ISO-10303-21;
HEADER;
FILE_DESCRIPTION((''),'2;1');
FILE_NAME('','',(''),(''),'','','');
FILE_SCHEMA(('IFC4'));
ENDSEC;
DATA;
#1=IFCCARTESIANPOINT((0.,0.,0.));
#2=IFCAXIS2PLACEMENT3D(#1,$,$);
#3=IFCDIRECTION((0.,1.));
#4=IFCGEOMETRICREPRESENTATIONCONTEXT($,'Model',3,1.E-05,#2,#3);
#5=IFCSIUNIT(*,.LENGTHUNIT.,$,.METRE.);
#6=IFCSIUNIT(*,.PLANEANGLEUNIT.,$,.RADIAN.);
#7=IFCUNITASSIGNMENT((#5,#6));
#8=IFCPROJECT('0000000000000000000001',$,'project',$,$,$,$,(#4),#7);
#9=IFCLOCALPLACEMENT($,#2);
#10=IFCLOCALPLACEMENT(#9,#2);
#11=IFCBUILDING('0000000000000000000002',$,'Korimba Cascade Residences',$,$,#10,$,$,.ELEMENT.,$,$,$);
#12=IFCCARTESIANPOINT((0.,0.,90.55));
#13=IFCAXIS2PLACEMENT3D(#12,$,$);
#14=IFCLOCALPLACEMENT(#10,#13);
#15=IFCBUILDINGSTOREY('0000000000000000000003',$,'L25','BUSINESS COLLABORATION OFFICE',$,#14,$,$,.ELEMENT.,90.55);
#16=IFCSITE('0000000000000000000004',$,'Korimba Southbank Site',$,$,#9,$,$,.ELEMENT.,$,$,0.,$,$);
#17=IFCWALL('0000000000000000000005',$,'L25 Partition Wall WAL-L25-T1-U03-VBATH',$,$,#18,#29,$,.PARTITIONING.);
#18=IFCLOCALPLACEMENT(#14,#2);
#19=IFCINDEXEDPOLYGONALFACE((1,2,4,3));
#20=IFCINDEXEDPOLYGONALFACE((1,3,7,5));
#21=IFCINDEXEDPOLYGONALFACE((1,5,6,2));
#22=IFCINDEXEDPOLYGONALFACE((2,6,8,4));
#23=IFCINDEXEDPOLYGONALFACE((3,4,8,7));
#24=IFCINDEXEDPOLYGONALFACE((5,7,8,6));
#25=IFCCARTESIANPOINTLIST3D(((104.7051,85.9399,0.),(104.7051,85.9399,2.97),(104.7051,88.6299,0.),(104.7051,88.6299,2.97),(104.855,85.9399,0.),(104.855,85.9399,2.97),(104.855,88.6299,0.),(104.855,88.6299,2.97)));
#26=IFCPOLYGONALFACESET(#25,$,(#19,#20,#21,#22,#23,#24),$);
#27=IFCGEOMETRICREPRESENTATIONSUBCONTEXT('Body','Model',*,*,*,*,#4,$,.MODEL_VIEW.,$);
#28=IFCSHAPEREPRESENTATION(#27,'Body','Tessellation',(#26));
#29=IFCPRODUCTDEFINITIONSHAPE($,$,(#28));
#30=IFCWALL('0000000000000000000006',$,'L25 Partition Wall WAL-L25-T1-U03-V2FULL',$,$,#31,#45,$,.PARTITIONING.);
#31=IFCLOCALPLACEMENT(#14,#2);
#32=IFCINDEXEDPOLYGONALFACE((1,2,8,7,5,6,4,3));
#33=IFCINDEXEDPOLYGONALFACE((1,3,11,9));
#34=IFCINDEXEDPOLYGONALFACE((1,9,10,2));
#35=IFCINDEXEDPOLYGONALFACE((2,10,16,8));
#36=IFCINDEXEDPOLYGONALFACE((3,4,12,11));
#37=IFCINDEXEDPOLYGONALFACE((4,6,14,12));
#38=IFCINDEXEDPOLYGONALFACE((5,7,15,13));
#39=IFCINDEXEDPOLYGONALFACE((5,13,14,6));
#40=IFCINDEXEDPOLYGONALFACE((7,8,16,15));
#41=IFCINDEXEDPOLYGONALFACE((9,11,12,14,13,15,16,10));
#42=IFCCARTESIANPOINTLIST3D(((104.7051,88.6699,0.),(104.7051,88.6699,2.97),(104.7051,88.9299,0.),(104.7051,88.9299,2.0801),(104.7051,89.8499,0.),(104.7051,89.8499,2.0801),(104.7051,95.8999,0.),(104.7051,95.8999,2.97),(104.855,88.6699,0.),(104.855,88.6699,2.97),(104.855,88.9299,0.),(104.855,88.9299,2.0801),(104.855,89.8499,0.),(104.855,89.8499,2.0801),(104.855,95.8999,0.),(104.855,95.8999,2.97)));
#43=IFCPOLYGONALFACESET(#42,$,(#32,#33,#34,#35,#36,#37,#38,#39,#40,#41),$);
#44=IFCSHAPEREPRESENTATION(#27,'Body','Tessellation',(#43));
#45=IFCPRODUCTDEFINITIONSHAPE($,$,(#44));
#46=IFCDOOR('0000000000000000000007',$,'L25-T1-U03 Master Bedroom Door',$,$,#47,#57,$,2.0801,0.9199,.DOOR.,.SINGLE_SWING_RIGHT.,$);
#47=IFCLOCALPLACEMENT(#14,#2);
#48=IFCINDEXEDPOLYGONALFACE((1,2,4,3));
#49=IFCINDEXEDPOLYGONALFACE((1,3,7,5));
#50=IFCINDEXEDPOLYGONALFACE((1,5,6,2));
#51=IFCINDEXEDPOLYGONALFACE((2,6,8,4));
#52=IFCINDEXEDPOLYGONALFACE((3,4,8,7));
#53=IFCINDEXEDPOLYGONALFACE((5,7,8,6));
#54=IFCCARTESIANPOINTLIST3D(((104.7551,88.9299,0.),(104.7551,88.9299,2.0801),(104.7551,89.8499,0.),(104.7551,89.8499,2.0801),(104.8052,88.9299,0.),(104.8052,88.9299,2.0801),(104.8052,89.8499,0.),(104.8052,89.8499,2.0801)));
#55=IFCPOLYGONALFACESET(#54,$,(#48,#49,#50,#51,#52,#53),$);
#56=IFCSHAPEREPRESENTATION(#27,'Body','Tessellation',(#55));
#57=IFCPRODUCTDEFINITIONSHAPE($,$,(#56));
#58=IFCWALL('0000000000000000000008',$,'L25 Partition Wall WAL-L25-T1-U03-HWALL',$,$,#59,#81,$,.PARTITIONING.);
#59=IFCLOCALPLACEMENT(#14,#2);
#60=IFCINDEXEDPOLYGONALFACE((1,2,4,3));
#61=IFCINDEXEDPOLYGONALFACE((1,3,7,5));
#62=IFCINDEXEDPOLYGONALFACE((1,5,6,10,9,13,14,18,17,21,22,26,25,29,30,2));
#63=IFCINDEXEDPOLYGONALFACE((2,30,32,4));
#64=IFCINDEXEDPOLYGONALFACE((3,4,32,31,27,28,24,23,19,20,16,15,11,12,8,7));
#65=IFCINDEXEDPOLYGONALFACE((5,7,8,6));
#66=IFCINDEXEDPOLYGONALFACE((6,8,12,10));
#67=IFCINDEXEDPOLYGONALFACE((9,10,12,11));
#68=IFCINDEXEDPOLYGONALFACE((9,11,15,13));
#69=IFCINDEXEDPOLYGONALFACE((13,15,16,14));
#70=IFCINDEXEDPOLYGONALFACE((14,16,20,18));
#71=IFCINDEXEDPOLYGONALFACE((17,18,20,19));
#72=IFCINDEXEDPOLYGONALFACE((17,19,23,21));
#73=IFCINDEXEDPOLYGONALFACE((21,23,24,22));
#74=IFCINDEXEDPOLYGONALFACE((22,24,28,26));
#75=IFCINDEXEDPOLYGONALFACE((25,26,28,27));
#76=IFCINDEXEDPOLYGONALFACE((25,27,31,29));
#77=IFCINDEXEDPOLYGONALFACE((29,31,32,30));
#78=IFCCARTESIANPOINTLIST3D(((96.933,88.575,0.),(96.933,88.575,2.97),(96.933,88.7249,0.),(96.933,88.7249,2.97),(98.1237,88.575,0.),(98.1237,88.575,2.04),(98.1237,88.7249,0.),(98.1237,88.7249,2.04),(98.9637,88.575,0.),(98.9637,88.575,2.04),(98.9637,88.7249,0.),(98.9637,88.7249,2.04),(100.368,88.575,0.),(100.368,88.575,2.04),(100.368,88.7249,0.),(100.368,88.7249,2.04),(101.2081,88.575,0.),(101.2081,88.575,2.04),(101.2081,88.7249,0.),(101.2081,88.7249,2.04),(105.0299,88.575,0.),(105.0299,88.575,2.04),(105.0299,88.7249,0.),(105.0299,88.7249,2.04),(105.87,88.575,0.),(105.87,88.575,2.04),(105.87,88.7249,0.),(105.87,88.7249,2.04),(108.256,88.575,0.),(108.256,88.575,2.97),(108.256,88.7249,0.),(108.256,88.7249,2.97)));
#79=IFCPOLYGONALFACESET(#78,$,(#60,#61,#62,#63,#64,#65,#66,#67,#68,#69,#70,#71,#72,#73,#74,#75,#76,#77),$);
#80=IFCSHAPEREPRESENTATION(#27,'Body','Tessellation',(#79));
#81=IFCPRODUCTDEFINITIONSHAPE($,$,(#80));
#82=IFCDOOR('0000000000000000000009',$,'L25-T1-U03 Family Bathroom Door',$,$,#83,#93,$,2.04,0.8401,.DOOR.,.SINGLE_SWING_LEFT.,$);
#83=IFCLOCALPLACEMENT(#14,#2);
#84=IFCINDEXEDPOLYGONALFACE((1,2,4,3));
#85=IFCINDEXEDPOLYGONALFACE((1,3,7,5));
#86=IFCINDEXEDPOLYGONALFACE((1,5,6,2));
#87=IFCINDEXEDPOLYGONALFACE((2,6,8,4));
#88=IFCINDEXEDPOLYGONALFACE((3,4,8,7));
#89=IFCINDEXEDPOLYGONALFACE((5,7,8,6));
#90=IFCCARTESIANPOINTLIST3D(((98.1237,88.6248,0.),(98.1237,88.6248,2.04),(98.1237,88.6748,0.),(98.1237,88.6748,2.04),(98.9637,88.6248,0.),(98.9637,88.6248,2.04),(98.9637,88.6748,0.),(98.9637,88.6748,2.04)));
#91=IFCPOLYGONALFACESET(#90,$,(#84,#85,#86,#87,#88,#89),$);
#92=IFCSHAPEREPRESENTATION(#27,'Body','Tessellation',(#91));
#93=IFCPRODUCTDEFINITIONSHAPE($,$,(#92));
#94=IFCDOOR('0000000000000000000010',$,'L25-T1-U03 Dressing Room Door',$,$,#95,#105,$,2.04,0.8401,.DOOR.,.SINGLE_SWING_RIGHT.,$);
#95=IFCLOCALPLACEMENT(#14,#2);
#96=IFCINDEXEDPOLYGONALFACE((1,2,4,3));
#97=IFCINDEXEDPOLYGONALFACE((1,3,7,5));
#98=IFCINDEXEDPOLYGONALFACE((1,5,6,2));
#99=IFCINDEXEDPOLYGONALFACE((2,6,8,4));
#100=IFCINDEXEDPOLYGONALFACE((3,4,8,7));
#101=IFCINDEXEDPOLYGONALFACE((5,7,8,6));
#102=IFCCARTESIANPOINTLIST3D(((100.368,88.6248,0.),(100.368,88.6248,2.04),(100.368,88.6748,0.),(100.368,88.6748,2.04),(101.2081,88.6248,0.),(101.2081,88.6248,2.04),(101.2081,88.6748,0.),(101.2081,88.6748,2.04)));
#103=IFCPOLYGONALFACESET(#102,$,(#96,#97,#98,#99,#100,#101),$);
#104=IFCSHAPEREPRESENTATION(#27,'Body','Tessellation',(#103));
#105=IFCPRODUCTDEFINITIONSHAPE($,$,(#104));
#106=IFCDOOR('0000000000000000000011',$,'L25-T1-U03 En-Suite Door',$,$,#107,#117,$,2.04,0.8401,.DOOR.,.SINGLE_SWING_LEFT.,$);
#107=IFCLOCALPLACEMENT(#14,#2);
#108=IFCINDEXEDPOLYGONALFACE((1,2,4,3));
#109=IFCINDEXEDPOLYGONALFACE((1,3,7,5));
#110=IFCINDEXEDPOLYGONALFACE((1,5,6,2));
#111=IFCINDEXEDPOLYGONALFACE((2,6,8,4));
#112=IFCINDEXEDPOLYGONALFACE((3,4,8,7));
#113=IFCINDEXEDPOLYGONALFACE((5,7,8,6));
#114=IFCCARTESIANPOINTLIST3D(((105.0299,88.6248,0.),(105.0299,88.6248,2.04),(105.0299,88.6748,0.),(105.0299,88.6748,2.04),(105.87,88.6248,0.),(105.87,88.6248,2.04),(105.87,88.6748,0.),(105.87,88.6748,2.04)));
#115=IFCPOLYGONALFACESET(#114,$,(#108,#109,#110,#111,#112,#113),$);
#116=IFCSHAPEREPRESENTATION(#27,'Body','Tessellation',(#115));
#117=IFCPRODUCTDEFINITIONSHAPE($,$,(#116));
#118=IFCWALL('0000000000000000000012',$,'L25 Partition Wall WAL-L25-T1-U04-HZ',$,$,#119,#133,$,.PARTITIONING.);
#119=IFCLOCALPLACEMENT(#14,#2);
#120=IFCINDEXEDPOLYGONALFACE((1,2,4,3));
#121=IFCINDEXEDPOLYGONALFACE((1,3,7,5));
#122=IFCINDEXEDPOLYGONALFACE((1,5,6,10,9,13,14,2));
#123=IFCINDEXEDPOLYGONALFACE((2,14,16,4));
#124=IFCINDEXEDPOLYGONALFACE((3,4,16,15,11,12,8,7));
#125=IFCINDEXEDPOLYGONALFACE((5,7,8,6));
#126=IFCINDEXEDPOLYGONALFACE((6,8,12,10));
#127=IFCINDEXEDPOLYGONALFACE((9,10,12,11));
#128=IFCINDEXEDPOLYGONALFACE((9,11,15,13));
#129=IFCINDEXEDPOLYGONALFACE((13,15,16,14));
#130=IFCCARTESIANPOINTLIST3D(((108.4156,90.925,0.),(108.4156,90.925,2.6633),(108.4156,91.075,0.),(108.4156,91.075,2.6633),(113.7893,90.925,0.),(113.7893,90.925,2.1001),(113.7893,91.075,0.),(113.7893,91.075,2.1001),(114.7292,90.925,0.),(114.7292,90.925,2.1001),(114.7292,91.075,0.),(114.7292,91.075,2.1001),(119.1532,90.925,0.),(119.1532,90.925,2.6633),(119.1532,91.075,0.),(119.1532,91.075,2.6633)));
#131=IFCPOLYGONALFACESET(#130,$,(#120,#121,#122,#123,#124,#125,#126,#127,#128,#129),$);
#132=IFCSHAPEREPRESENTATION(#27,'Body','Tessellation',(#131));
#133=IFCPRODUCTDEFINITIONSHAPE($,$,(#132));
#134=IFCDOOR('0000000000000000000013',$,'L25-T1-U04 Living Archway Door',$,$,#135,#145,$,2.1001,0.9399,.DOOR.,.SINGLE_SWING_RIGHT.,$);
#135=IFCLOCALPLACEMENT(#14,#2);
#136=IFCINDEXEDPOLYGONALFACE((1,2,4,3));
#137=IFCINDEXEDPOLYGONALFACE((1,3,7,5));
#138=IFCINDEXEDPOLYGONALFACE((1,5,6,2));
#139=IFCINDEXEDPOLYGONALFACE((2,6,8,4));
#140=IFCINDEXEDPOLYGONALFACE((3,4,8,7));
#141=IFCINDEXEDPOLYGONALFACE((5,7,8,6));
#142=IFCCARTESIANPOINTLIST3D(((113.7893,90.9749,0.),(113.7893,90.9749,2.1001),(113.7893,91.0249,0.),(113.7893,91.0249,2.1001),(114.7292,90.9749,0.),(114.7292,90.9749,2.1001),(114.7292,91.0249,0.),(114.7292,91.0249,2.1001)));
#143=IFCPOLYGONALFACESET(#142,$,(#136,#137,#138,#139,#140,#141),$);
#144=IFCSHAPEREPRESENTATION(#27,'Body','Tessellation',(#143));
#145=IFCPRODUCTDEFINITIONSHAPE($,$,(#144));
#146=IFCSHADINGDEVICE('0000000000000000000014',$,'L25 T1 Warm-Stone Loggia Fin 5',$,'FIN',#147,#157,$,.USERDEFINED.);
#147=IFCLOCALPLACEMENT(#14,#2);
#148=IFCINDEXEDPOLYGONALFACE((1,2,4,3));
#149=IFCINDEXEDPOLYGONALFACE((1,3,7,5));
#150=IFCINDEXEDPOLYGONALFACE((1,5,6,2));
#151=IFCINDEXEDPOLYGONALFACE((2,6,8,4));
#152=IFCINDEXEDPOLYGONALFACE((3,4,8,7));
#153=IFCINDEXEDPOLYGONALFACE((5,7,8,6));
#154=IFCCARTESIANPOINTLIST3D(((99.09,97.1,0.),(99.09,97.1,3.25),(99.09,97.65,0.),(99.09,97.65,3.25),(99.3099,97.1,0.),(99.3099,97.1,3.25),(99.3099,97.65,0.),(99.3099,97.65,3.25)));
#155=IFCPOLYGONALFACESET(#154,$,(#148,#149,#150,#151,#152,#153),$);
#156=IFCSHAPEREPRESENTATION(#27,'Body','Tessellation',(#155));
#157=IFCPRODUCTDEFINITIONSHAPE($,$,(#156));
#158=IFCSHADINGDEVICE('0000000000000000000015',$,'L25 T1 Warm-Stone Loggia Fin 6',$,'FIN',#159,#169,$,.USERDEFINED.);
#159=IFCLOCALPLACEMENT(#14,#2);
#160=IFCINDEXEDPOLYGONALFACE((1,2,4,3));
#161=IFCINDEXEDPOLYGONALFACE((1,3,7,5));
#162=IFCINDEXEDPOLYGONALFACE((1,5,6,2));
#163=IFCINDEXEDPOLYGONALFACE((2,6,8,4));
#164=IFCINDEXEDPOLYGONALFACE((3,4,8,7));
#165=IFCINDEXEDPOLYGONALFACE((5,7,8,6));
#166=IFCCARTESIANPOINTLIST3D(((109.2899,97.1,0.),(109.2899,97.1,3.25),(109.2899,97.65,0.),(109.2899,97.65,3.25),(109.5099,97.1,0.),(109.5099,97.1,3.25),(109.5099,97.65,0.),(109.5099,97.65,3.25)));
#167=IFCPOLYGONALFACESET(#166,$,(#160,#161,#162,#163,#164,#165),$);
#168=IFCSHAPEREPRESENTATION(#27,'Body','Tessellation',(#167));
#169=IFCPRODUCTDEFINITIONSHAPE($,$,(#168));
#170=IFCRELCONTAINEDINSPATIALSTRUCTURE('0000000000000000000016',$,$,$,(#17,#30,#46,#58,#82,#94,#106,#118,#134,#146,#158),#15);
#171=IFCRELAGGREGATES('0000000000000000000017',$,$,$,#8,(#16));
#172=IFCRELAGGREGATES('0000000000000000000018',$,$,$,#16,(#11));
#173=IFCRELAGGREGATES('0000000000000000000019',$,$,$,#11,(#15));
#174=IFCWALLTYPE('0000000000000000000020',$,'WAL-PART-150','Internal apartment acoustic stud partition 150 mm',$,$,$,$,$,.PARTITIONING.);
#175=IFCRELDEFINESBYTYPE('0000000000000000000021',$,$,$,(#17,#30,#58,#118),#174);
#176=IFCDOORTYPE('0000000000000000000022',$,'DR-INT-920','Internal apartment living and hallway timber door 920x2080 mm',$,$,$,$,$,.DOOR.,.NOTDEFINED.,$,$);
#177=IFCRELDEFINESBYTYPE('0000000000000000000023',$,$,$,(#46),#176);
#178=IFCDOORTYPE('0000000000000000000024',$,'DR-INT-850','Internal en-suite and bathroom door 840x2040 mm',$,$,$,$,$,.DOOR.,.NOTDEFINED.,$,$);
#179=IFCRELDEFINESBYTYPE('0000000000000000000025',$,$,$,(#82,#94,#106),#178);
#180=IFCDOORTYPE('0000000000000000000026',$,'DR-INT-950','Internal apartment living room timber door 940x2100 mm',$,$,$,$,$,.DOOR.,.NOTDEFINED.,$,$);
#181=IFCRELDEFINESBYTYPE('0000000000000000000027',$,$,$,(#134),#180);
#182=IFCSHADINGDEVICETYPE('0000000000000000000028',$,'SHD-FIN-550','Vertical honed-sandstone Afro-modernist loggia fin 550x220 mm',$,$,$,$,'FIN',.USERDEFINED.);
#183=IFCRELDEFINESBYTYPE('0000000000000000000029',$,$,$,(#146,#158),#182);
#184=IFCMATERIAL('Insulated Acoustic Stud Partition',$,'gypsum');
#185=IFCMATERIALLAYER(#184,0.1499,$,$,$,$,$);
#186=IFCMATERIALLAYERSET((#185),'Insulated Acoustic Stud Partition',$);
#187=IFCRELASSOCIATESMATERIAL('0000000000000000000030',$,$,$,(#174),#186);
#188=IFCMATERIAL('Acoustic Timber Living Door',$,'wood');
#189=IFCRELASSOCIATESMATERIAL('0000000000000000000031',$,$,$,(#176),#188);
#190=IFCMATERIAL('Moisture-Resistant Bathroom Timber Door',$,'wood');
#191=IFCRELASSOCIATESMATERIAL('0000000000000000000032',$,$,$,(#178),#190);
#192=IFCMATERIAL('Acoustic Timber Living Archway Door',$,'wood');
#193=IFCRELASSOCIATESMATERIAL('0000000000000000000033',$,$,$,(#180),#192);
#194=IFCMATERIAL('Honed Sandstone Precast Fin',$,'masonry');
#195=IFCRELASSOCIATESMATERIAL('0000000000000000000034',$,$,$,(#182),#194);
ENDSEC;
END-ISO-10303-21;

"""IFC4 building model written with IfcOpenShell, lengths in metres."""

from ifc_helpers import new_model, si_unit, direction, frame, frame_2d, origin, origin_2d, place, context, subcontext, project, spatial, rectangle, extrude, material, layer, layer_set, type_object, element, fill, save


model = new_model("IFC4")

# Units and contexts
model_context = context("Model", 3, precision=1e-05, world=origin(), true_north=direction((0.0, 1.0)))
body_context = subcontext(model_context, "Body", "Model", "MODEL_VIEW")
ifc_project = project(units=[si_unit("LENGTHUNIT", "METRE"), si_unit("PLANEANGLEUNIT", "RADIAN")], contexts=[model_context])

# Site, building, storey
site_placement = place(None, origin())
site = spatial("IfcSite", under=ifc_project, at=site_placement, Name="Korimba Southbank Site", CompositionType="ELEMENT", RefElevation=0.0)
building_placement = place(site_placement, origin())
building = spatial("IfcBuilding", under=site, at=building_placement, Name="Korimba Cascade Residences", CompositionType="ELEMENT")
storey_placement = place(building_placement, frame((0.0, 0.0, 90.55)))
storey = spatial("IfcBuildingStorey", under=building, at=storey_placement, Name="L25", Description="BUSINESS COLLABORATION OFFICE", CompositionType="ELEMENT", Elevation=90.55)

# Shared definitions
ifc_material_1 = material(Name="Insulated Acoustic Stud Partition", Category="gypsum")
ifc_layer = layer(ifc_material_1, 0.1499)
ifc_layer_set = layer_set([ifc_layer], Name="Insulated Acoustic Stud Partition")
wall_type = type_object("IfcWallType", Name="WAL-PART-150", Description="Internal apartment acoustic stud partition 150 mm", PredefinedType="PARTITIONING", material=ifc_layer_set)

# Shared definitions
ifc_material_2 = material(Name="Acoustic Timber Living Door", Category="wood")
door_type_1 = type_object("IfcDoorType", Name="DR-INT-920", Description="Internal apartment living and hallway timber door 920x2080 mm", OperationType="NOTDEFINED", PredefinedType="DOOR", material=ifc_material_2)

# Wall
wall_1_placement = place(storey_placement, frame((104.78, 85.9399, 0.0), z_axis=(0.0, 0.0, 1.0), x_axis=(0.0, 1.0, 0.0)))
element("IfcWall", 1, at=wall_1_placement, inside=storey, type_object=wall_type, Name="L25 Partition Wall WAL-L25-T1-U03-VBATH", PredefinedType="PARTITIONING", context=body_context, shape_type="SweptSolid", body=[
    extrude(rectangle(XDim=2.6899, YDim=0.1499, at=frame_2d((1.345, 0.0))), origin(), (0.0, 0.0, 1.0), 2.97),
])

# Wall, opening, door
wall_2_placement = place(storey_placement, frame((104.78, 88.6699, 0.0), z_axis=(0.0, 0.0, 1.0), x_axis=(0.0, 1.0, 0.0)))
wall_2 = element("IfcWall", 2, at=wall_2_placement, inside=storey, type_object=wall_type, Name="L25 Partition Wall WAL-L25-T1-U03-V2FULL", PredefinedType="PARTITIONING", context=body_context, shape_type="SweptSolid", body=[
    extrude(rectangle(XDim=7.23, YDim=0.1499, at=frame_2d((3.615, 0.0))), origin(), (0.0, 0.0, 1.0), 2.97),
])
opening_1_placement = place(wall_2_placement, frame((0.26, 0.0, 0.0)))
opening_1 = element("IfcOpeningElement", 3, at=opening_1_placement, cuts=wall_2, PredefinedType="OPENING", context=body_context, shape_type="SweptSolid", body=[
    extrude(rectangle(XDim=0.9199, YDim=2.0801, at=frame_2d((0.46, 1.04))), frame((0.0, 0.085, 0.0), z_axis=(0.0, -1.0, 0.0), x_axis=(1.0, 0.0, 0.0)), (0.0, 0.0, 1.0), 0.1699),
])
door_1_placement = place(opening_1_placement, origin())
door_1 = element("IfcDoor", 4, at=door_1_placement, inside=storey, type_object=door_type_1, Name="L25-T1-U03 Master Bedroom Door", OperationType="SINGLE_SWING_RIGHT", OverallHeight=2.0801, OverallWidth=0.9199, PredefinedType="DOOR", context=body_context, shape_type="SweptSolid", body=[
    extrude(rectangle(XDim=0.9199, YDim=2.0801, at=frame_2d((0.46, 1.04))), frame((0.0, 0.0249, 0.0), z_axis=(0.0, -1.0, 0.0), x_axis=(1.0, 0.0, 0.0)), (0.0, 0.0, 1.0), 0.05),
])
fill(opening_1, door_1)

# Wall, openings, doors
wall_3_placement = place(storey_placement, frame((96.9329, 88.6499, 0.0), z_axis=(0.0, 0.0, 1.0), x_axis=(1.0, 0.0, 0.0)))
wall_3 = element("IfcWall", 5, at=wall_3_placement, inside=storey, type_object=wall_type, Name="L25 Partition Wall WAL-L25-T1-U03-HWALL", PredefinedType="PARTITIONING", context=body_context, shape_type="SweptSolid", body=[
    extrude(rectangle(XDim=11.323, YDim=0.1499, at=frame_2d((5.6616, 0.0))), origin(), (0.0, 0.0, 1.0), 2.97),
])
opening_2_placement = place(wall_3_placement, frame((1.1909, 0.0, 0.0)))
opening_2 = element("IfcOpeningElement", 6, at=opening_2_placement, cuts=wall_3, PredefinedType="OPENING", context=body_context, shape_type="SweptSolid", body=[
    extrude(rectangle(XDim=0.8401, YDim=2.04, at=frame_2d((0.4199, 1.02))), frame((0.0, 0.085, 0.0), z_axis=(0.0, -1.0, 0.0), x_axis=(1.0, 0.0, 0.0)), (0.0, 0.0, 1.0), 0.1699),
])
opening_3_placement = place(wall_3_placement, frame((3.4353, 0.0, 0.0)))
opening_3 = element("IfcOpeningElement", 7, at=opening_3_placement, cuts=wall_3, PredefinedType="OPENING", context=body_context, shape_type="SweptSolid", body=[
    extrude(rectangle(XDim=0.8401, YDim=2.04, at=frame_2d((0.4199, 1.02))), frame((0.0, 0.085, 0.0), z_axis=(0.0, -1.0, 0.0), x_axis=(1.0, 0.0, 0.0)), (0.0, 0.0, 1.0), 0.1699),
])
opening_4_placement = place(wall_3_placement, frame((8.0972, 0.0, 0.0)))
opening_4 = element("IfcOpeningElement", 8, at=opening_4_placement, cuts=wall_3, PredefinedType="OPENING", context=body_context, shape_type="SweptSolid", body=[
    extrude(rectangle(XDim=0.8401, YDim=2.04, at=frame_2d((0.4199, 1.02))), frame((0.0, 0.085, 0.0), z_axis=(0.0, -1.0, 0.0), x_axis=(1.0, 0.0, 0.0)), (0.0, 0.0, 1.0), 0.1699),
])
ifc_material_3 = material(Name="Moisture-Resistant Bathroom Timber Door", Category="wood")
door_type_2 = type_object("IfcDoorType", Name="DR-INT-850", Description="Internal en-suite and bathroom door 840x2040 mm", OperationType="NOTDEFINED", PredefinedType="DOOR", material=ifc_material_3)
door_2_placement = place(opening_2_placement, origin())
door_2 = element("IfcDoor", 9, at=door_2_placement, inside=storey, type_object=door_type_2, Name="L25-T1-U03 Family Bathroom Door", OperationType="SINGLE_SWING_LEFT", OverallHeight=2.04, OverallWidth=0.8401, PredefinedType="DOOR", context=body_context, shape_type="SweptSolid", body=[
    extrude(rectangle(XDim=0.8401, YDim=2.04, at=frame_2d((0.4199, 1.02))), frame((0.0, 0.0249, 0.0), z_axis=(0.0, -1.0, 0.0), x_axis=(1.0, 0.0, 0.0)), (0.0, 0.0, 1.0), 0.05),
])
fill(opening_2, door_2)
door_3_placement = place(opening_3_placement, origin())
door_3 = element("IfcDoor", 10, at=door_3_placement, inside=storey, type_object=door_type_2, Name="L25-T1-U03 Dressing Room Door", OperationType="SINGLE_SWING_RIGHT", OverallHeight=2.04, OverallWidth=0.8401, PredefinedType="DOOR", context=body_context, shape_type="SweptSolid", body=[
    extrude(rectangle(XDim=0.8401, YDim=2.04, at=frame_2d((0.4199, 1.02))), frame((0.0, 0.0249, 0.0), z_axis=(0.0, -1.0, 0.0), x_axis=(1.0, 0.0, 0.0)), (0.0, 0.0, 1.0), 0.05),
])
fill(opening_3, door_3)
door_4_placement = place(opening_4_placement, origin())
door_4 = element("IfcDoor", 11, at=door_4_placement, inside=storey, type_object=door_type_2, Name="L25-T1-U03 En-Suite Door", OperationType="SINGLE_SWING_LEFT", OverallHeight=2.04, OverallWidth=0.8401, PredefinedType="DOOR", context=body_context, shape_type="SweptSolid", body=[
    extrude(rectangle(XDim=0.8401, YDim=2.04, at=frame_2d((0.4199, 1.02))), frame((0.0, 0.0249, 0.0), z_axis=(0.0, -1.0, 0.0), x_axis=(1.0, 0.0, 0.0)), (0.0, 0.0, 1.0), 0.05),
])
fill(opening_4, door_4)

# Wall, opening, door
wall_4_placement = place(storey_placement, frame((108.4158, 91.0, 0.0), z_axis=(0.0, 0.0, 1.0), x_axis=(1.0, 0.0, 0.0)))
wall_4 = element("IfcWall", 12, at=wall_4_placement, inside=storey, type_object=wall_type, Name="L25 Partition Wall WAL-L25-T1-U04-HZ", PredefinedType="PARTITIONING", context=body_context, shape_type="SweptSolid", body=[
    extrude(rectangle(XDim=10.7375, YDim=0.1499, at=frame_2d((5.3687, 0.0))), origin(), (0.0, 0.0, 1.0), 2.6633),
])
opening_5_placement = place(wall_4_placement, frame((5.3735, 0.0, 0.0)))
opening_5 = element("IfcOpeningElement", 13, at=opening_5_placement, cuts=wall_4, PredefinedType="OPENING", context=body_context, shape_type="SweptSolid", body=[
    extrude(rectangle(XDim=0.9399, YDim=2.1001, at=frame_2d((0.47, 1.05))), frame((0.0, 0.085, 0.0), z_axis=(0.0, -1.0, 0.0), x_axis=(1.0, 0.0, 0.0)), (0.0, 0.0, 1.0), 0.1699),
])
ifc_material_4 = material(Name="Acoustic Timber Living Archway Door", Category="wood")
door_type_3 = type_object("IfcDoorType", Name="DR-INT-950", Description="Internal apartment living room timber door 940x2100 mm", OperationType="NOTDEFINED", PredefinedType="DOOR", material=ifc_material_4)
door_5_placement = place(opening_5_placement, origin())
door_5 = element("IfcDoor", 14, at=door_5_placement, inside=storey, type_object=door_type_3, Name="L25-T1-U04 Living Archway Door", OperationType="SINGLE_SWING_RIGHT", OverallHeight=2.1001, OverallWidth=0.9399, PredefinedType="DOOR", context=body_context, shape_type="SweptSolid", body=[
    extrude(rectangle(XDim=0.9399, YDim=2.1001, at=frame_2d((0.47, 1.05))), frame((0.0, 0.0249, 0.0), z_axis=(0.0, -1.0, 0.0), x_axis=(1.0, 0.0, 0.0)), (0.0, 0.0, 1.0), 0.05),
])
fill(opening_5, door_5)

# Shading devices
ifc_material_5 = material(Name="Honed Sandstone Precast Fin", Category="masonry")
shading_device_type = type_object("IfcShadingDeviceType", Name="SHD-FIN-550", Description="Vertical honed-sandstone Afro-modernist loggia fin 550x220 mm", ElementType="FIN", PredefinedType="USERDEFINED", material=ifc_material_5)
for number, where, z_axis, x_axis, name in (
    (15, (99.2, 97.375, 0.0), (0.0, 0.0, 1.0), (1.0, 0.0, 0.0), "L25 T1 Warm-Stone Loggia Fin 5"),
    (16, (109.3999, 97.375, 0.0), (0.0, 0.0, 1.0), (1.0, 0.0, 0.0), "L25 T1 Warm-Stone Loggia Fin 6"),
):
    element("IfcShadingDevice", number, at=place(storey_placement, frame(where, z_axis=z_axis, x_axis=x_axis)), inside=storey, type_object=shading_device_type, Name=name, ObjectType="FIN", PredefinedType="USERDEFINED", context=body_context, shape_type="SweptSolid", body=[
        extrude(rectangle(XDim=0.22, YDim=0.55, at=origin_2d()), origin(), (0.0, 0.0, 1.0), 3.25),
    ])

save(model, "model.ifc")
